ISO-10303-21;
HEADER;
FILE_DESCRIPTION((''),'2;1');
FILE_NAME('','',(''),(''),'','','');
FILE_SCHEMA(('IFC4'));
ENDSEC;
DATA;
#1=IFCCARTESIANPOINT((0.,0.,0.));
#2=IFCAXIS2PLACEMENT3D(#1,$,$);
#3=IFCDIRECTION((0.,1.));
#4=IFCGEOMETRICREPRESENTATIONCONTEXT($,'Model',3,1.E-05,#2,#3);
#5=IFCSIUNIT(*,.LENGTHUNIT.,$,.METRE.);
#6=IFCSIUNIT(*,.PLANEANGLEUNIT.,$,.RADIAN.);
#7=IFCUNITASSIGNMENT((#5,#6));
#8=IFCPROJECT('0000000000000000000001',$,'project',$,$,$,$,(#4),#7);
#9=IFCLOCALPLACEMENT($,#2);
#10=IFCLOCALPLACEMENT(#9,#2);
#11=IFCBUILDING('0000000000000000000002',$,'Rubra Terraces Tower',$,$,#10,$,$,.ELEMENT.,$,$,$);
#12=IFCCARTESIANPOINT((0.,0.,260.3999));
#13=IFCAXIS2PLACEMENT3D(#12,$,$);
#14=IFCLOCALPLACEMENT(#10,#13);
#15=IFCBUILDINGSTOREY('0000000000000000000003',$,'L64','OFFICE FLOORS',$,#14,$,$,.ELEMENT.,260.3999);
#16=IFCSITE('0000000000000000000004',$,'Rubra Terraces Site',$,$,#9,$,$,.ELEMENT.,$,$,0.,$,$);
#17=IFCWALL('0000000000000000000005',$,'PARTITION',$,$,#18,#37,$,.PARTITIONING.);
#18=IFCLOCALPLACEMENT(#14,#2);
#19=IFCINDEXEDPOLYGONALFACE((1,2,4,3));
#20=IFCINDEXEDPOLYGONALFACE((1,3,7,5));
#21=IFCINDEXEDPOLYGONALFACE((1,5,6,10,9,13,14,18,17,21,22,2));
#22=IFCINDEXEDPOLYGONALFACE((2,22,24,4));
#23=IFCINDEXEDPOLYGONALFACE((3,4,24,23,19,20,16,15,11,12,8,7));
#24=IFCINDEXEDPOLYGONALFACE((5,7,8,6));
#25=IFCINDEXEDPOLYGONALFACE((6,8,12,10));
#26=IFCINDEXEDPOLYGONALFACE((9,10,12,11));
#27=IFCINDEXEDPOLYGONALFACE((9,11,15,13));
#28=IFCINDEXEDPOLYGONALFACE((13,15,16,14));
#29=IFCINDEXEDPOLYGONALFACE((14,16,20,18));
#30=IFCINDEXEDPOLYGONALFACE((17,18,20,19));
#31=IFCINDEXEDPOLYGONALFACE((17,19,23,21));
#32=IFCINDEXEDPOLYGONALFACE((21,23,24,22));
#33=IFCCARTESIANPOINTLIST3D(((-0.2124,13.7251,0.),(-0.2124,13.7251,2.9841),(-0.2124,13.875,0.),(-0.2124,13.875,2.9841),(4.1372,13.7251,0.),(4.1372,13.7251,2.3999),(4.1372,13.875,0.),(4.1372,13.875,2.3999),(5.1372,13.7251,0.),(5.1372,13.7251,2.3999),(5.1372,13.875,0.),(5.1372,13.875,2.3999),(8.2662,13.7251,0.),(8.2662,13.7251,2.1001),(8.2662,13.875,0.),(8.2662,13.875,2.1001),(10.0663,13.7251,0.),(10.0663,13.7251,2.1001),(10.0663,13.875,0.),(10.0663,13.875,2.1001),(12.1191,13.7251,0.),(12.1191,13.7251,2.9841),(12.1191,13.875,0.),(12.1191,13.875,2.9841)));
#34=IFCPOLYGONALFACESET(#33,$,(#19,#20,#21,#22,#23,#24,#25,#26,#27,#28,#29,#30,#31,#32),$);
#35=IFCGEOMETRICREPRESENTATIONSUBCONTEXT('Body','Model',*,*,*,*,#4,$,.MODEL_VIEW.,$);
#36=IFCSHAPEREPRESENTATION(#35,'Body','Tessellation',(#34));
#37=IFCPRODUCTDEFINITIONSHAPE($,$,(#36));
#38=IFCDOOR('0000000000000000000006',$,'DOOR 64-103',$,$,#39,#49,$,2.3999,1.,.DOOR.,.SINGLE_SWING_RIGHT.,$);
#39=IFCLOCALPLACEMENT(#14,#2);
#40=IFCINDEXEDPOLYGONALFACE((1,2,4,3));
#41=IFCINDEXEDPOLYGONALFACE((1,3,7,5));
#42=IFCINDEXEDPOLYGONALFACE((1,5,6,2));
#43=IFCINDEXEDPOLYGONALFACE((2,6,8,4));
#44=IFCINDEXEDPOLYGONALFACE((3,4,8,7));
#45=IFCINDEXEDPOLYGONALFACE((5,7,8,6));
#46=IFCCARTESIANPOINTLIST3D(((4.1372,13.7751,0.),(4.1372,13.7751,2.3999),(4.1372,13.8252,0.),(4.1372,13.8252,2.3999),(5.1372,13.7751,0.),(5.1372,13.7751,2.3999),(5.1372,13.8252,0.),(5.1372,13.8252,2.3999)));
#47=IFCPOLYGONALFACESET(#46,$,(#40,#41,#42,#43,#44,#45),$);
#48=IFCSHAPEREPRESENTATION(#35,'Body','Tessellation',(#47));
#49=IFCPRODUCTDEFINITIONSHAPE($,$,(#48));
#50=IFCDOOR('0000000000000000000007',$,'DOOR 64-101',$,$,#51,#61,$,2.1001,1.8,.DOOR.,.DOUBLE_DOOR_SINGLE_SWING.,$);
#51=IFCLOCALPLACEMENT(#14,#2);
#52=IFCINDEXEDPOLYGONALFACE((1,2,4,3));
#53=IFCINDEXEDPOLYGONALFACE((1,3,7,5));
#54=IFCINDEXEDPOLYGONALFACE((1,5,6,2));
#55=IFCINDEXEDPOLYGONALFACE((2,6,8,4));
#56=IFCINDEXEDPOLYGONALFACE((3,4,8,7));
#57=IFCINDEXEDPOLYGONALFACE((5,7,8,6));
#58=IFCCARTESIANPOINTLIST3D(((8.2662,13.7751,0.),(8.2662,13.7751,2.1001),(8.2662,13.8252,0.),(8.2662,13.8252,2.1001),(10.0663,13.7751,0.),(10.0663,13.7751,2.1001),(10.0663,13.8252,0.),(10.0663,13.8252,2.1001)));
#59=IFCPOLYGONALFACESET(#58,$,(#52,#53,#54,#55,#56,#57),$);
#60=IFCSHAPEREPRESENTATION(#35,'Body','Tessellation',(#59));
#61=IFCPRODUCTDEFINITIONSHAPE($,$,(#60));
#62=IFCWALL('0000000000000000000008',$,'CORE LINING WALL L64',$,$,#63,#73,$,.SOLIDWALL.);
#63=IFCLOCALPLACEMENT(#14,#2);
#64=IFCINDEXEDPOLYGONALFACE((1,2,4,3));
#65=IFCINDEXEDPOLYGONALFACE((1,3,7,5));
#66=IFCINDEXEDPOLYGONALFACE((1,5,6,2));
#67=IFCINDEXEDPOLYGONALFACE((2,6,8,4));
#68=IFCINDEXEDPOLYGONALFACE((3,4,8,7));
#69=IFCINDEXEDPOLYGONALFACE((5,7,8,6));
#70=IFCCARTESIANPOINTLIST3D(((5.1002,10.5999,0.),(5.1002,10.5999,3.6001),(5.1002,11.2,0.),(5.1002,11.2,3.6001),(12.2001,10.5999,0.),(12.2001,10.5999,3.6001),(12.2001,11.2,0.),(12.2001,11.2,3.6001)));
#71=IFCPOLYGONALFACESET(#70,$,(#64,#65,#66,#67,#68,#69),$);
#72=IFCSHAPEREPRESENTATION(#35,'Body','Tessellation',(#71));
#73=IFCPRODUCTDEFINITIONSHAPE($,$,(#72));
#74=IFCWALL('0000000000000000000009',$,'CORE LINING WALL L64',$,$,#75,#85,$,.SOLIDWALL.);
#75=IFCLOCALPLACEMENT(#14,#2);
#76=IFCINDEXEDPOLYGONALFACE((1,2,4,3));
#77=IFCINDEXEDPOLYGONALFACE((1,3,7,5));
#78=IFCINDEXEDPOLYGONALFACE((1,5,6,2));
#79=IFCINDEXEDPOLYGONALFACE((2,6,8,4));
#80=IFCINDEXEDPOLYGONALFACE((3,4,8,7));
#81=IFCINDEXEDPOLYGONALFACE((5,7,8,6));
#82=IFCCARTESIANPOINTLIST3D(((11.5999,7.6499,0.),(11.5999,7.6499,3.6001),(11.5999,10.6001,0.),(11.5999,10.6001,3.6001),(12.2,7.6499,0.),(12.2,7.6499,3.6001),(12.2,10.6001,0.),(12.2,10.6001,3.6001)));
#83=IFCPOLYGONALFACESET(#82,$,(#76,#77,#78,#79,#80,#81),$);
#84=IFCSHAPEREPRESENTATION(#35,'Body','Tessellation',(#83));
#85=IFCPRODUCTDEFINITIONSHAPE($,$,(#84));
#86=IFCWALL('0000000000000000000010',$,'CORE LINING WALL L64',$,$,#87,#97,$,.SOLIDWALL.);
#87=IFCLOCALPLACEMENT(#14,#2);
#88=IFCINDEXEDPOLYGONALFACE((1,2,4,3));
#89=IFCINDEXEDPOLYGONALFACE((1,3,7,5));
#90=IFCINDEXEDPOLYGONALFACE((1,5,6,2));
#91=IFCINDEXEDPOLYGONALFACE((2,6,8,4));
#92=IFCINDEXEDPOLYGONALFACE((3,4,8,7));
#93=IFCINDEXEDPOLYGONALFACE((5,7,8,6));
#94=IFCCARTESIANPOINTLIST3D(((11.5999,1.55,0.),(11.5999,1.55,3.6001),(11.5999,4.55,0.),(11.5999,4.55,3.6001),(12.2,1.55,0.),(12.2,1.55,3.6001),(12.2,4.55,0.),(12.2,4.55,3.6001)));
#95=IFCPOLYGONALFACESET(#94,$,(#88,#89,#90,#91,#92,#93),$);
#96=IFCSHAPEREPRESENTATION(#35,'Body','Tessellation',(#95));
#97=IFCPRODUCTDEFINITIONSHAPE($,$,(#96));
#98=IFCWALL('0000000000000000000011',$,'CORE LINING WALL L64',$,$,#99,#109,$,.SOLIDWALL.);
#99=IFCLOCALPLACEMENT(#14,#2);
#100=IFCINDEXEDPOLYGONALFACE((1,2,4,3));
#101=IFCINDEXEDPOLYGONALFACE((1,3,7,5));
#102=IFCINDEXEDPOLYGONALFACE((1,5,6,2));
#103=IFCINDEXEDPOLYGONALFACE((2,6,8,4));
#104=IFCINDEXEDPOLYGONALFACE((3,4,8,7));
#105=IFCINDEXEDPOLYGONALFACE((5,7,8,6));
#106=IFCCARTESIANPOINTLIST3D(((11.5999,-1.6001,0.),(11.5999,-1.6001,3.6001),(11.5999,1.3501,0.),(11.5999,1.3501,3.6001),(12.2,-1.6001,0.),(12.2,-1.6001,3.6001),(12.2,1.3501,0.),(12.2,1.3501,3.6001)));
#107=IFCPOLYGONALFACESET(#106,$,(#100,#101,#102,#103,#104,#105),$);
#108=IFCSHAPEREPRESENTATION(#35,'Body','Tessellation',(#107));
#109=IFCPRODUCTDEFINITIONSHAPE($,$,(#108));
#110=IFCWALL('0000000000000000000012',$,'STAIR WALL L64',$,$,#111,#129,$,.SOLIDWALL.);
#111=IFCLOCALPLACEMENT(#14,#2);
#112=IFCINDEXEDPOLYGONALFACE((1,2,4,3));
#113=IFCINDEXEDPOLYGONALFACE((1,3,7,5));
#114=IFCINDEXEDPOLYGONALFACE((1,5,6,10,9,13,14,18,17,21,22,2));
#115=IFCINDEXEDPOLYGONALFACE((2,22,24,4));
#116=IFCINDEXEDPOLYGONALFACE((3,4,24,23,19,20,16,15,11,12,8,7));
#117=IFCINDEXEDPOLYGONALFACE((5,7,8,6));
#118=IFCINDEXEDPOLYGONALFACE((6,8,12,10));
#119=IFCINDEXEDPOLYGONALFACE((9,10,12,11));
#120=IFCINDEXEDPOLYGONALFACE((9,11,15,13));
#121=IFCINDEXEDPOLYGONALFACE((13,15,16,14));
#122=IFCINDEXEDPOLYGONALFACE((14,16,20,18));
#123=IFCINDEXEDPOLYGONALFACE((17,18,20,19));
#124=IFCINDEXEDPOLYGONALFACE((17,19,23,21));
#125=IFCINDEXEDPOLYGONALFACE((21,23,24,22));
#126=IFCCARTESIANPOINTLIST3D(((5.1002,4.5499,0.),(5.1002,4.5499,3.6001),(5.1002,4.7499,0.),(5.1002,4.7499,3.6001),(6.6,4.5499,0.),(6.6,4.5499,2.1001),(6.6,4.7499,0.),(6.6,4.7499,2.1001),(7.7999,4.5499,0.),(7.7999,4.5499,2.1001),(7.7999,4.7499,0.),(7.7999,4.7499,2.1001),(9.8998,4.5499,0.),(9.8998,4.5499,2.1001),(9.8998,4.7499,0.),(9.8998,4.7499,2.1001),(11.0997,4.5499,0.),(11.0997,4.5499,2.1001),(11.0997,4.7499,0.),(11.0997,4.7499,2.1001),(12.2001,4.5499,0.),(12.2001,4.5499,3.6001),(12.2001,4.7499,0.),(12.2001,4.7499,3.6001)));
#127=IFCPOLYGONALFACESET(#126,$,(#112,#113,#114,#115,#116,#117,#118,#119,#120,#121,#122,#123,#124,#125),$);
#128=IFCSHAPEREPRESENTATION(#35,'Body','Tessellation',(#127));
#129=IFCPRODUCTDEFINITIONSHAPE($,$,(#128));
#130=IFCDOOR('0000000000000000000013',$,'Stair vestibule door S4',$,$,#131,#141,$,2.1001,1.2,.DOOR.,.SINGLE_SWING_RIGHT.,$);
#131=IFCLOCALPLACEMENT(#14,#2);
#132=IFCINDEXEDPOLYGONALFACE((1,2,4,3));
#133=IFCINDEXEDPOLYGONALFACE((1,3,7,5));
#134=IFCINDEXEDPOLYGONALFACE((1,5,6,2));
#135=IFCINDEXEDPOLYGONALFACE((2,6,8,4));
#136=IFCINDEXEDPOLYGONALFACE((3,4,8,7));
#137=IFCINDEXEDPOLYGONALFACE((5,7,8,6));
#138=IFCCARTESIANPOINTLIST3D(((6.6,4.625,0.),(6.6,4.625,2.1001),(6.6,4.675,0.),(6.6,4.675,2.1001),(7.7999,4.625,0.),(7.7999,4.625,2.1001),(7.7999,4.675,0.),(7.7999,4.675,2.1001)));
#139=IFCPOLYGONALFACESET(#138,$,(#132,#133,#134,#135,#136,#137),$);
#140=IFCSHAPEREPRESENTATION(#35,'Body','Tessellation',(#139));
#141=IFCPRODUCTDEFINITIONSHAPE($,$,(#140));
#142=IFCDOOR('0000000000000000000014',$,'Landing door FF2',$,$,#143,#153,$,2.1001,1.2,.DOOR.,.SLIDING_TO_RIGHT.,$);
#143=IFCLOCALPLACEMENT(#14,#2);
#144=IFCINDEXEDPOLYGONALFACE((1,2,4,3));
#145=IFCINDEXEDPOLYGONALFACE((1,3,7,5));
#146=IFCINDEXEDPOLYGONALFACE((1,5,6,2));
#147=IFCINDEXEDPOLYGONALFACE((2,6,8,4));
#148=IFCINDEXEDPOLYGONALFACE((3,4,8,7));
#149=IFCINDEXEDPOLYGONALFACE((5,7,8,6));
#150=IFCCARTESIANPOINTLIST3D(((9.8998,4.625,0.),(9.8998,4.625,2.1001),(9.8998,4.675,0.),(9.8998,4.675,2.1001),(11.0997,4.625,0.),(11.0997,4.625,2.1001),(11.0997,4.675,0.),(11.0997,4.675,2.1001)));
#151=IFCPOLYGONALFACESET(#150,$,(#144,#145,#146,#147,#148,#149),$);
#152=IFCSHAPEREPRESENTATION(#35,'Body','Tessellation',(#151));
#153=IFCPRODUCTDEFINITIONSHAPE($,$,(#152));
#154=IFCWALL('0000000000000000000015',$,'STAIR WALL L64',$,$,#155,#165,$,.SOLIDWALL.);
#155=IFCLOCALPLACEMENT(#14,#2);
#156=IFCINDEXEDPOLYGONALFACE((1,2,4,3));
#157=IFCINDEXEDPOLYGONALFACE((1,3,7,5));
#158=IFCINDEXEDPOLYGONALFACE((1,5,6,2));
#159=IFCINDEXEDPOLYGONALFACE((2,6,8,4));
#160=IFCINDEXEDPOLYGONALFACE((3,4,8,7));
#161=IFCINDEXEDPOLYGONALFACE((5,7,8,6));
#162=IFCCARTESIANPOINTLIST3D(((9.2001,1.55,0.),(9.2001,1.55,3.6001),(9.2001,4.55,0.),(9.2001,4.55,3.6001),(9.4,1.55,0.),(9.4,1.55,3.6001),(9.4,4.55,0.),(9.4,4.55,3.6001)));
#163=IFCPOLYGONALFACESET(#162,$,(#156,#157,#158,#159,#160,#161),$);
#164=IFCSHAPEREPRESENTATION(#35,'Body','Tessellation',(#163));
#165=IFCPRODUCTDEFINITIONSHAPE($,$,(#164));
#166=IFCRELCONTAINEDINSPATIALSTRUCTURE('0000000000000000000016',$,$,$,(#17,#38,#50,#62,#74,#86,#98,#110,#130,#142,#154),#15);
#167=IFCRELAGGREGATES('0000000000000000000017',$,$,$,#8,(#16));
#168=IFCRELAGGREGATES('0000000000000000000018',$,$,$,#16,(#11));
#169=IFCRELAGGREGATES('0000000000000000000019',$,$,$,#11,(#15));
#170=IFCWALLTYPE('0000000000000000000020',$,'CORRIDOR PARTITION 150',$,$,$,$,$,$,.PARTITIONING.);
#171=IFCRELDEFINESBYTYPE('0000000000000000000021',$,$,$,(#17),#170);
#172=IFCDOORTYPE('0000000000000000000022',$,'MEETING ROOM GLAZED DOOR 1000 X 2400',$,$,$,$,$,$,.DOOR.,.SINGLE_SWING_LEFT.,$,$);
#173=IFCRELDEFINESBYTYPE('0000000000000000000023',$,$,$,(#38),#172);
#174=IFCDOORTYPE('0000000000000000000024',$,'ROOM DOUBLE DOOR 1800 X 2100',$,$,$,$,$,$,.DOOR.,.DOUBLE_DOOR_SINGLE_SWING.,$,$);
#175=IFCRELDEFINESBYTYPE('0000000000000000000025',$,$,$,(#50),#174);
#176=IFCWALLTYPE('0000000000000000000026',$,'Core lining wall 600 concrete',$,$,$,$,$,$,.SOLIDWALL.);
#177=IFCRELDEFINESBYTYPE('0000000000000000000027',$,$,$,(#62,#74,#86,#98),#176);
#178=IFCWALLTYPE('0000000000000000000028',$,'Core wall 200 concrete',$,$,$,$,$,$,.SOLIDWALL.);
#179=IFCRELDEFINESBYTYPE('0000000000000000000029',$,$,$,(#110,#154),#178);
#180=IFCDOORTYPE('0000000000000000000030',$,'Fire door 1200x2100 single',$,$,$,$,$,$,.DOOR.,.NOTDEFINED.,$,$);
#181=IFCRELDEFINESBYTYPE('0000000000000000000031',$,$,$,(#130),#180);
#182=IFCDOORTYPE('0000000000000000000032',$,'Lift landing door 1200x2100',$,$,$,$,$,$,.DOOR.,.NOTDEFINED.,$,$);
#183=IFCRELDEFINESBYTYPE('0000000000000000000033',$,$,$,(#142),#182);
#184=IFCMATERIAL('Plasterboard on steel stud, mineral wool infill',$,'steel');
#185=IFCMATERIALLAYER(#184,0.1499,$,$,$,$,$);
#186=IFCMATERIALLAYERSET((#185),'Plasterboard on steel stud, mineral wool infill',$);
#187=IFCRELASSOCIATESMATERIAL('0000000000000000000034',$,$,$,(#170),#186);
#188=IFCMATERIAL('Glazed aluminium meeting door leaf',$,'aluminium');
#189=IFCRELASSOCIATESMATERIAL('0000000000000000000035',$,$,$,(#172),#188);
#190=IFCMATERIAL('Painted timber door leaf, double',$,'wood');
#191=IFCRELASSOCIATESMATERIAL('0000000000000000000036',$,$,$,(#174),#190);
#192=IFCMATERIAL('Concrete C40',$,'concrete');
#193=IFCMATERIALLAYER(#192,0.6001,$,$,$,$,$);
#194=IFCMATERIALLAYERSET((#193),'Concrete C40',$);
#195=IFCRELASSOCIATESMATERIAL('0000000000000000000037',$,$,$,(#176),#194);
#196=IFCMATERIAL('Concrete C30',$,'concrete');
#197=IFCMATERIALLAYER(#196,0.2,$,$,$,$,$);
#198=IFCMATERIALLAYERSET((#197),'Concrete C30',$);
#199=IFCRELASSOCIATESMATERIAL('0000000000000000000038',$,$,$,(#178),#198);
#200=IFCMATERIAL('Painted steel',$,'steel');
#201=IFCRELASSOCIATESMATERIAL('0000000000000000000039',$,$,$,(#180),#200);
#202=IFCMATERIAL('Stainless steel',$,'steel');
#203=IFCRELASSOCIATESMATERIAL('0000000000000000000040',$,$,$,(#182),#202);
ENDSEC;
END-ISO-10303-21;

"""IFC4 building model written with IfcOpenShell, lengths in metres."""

from ifc_helpers import new_model, si_unit, direction, frame, frame_2d, origin, place, context, subcontext, project, spatial, rectangle, extrude, material, layer, layer_set, type_object, element, fill, save


model = new_model("IFC4")

# Units and contexts
model_context = context("Model", 3, precision=1e-05, world=origin(), true_north=direction((0.0, 1.0)))
body_context = subcontext(model_context, "Body", "Model", "MODEL_VIEW")
ifc_project = project(units=[si_unit("LENGTHUNIT", "METRE"), si_unit("PLANEANGLEUNIT", "RADIAN")], contexts=[model_context])

# Site, building, storey
site_placement = place(None, origin())
site = spatial("IfcSite", under=ifc_project, at=site_placement, Name="Rubra Terraces Site", CompositionType="ELEMENT", RefElevation=0.0)
building_placement = place(site_placement, origin())
building = spatial("IfcBuilding", under=site, at=building_placement, Name="Rubra Terraces Tower", CompositionType="ELEMENT")
storey_placement = place(building_placement, frame((0.0, 0.0, 260.3999)))
storey = spatial("IfcBuildingStorey", under=building, at=storey_placement, Name="L64", Description="OFFICE FLOORS", CompositionType="ELEMENT", Elevation=260.3999)

# Wall, openings, doors
ifc_material_1 = material(Name="Plasterboard on steel stud, mineral wool infill", Category="steel")
ifc_layer_1 = layer(ifc_material_1, 0.1499)
ifc_layer_set_1 = layer_set([ifc_layer_1], Name="Plasterboard on steel stud, mineral wool infill")
wall_type_1 = type_object("IfcWallType", Name="CORRIDOR PARTITION 150", PredefinedType="PARTITIONING", material=ifc_layer_set_1)
wall_1_placement = place(storey_placement, frame((12.1191, 13.8, 0.0), z_axis=(0.0, 0.0, 1.0), x_axis=(-1.0, 0.0, 0.0)))
wall_1 = element("IfcWall", 1, at=wall_1_placement, inside=storey, type_object=wall_type_1, Name="PARTITION", PredefinedType="PARTITIONING", context=body_context, shape_type="SweptSolid", body=[
    extrude(rectangle(XDim=12.3315, YDim=0.1499, at=frame_2d((6.1658, 0.0))), origin(), (0.0, 0.0, 1.0), 2.9841),
])
opening_1_placement = place(wall_1_placement, frame((2.053, 0.0, 0.0)))
opening_1 = element("IfcOpeningElement", 2, at=opening_1_placement, cuts=wall_1, PredefinedType="OPENING", context=body_context, shape_type="SweptSolid", body=[
    extrude(rectangle(XDim=1.8, YDim=2.1001, at=frame_2d((0.8999, 1.05))), frame((0.0, 0.085, 0.0), z_axis=(0.0, -1.0, 0.0), x_axis=(1.0, 0.0, 0.0)), (0.0, 0.0, 1.0), 0.1699),
])
opening_2_placement = place(wall_1_placement, frame((6.9819, 0.0, 0.0)))
opening_2 = element("IfcOpeningElement", 3, at=opening_2_placement, cuts=wall_1, PredefinedType="OPENING", context=body_context, shape_type="SweptSolid", body=[
    extrude(rectangle(XDim=1.0, YDim=2.3999, at=frame_2d((0.5, 1.2))), frame((0.0, 0.085, 0.0), z_axis=(0.0, -1.0, 0.0), x_axis=(1.0, 0.0, 0.0)), (0.0, 0.0, 1.0), 0.1699),
])
ifc_material_2 = material(Name="Glazed aluminium meeting door leaf", Category="aluminium")
door_type_1 = type_object("IfcDoorType", Name="MEETING ROOM GLAZED DOOR 1000 X 2400", OperationType="SINGLE_SWING_LEFT", PredefinedType="DOOR", material=ifc_material_2)
door_1_placement = place(opening_2_placement, origin())
door_1 = element("IfcDoor", 4, at=door_1_placement, inside=storey, type_object=door_type_1, Name="DOOR 64-103", OperationType="SINGLE_SWING_RIGHT", OverallHeight=2.3999, OverallWidth=1.0, PredefinedType="DOOR", context=body_context, shape_type="SweptSolid", body=[
    extrude(rectangle(XDim=1.0, YDim=2.3999, at=frame_2d((0.5, 1.2))), frame((0.0, 0.0249, 0.0), z_axis=(0.0, -1.0, 0.0), x_axis=(1.0, 0.0, 0.0)), (0.0, 0.0, 1.0), 0.05),
])
fill(opening_2, door_1)
ifc_material_3 = material(Name="Painted timber door leaf, double", Category="wood")
door_type_2 = type_object("IfcDoorType", Name="ROOM DOUBLE DOOR 1800 X 2100", OperationType="DOUBLE_DOOR_SINGLE_SWING", PredefinedType="DOOR", material=ifc_material_3)
door_2_placement = place(opening_1_placement, origin())
door_2 = element("IfcDoor", 5, at=door_2_placement, inside=storey, type_object=door_type_2, Name="DOOR 64-101", OperationType="DOUBLE_DOOR_SINGLE_SWING", OverallHeight=2.1001, OverallWidth=1.8, PredefinedType="DOOR", context=body_context, shape_type="SweptSolid", body=[
    extrude(rectangle(XDim=1.8, YDim=2.1001, at=frame_2d((0.8999, 1.05))), frame((0.0, 0.0249, 0.0), z_axis=(0.0, -1.0, 0.0), x_axis=(1.0, 0.0, 0.0)), (0.0, 0.0, 1.0), 0.05),
])
fill(opening_1, door_2)

# Walls
ifc_material_4 = material(Name="Concrete C40", Category="concrete")
ifc_layer_2 = layer(ifc_material_4, 0.6001)
ifc_layer_set_2 = layer_set([ifc_layer_2], Name="Concrete C40")
wall_type_2 = type_object("IfcWallType", Name="Core lining wall 600 concrete", PredefinedType="SOLIDWALL", material=ifc_layer_set_2)
wall_2_placement = place(storey_placement, frame((12.2, 10.8999, 0.0), z_axis=(0.0, 0.0, 1.0), x_axis=(-1.0, 0.0, 0.0)))
element("IfcWall", 6, at=wall_2_placement, inside=storey, type_object=wall_type_2, Name="CORE LINING WALL L64", PredefinedType="SOLIDWALL", context=body_context, shape_type="SweptSolid", body=[
    extrude(rectangle(XDim=7.0999, YDim=0.6001, at=frame_2d((3.5498, 0.0))), origin(), (0.0, 0.0, 1.0), 3.6001),
])
wall_3_placement = place(storey_placement, frame((11.8999, 10.6001, 0.0), z_axis=(0.0, 0.0, 1.0), x_axis=(0.0, -1.0, 0.0)))
element("IfcWall", 7, at=wall_3_placement, inside=storey, type_object=wall_type_2, Name="CORE LINING WALL L64", PredefinedType="SOLIDWALL", context=body_context, shape_type="SweptSolid", body=[
    extrude(rectangle(XDim=2.9502, YDim=0.6001, at=frame_2d((1.4751, 0.0))), origin(), (0.0, 0.0, 1.0), 3.6001),
])
wall_4_placement = place(storey_placement, frame((11.8999, 4.55, 0.0), z_axis=(0.0, 0.0, 1.0), x_axis=(0.0, -1.0, 0.0)))
element("IfcWall", 8, at=wall_4_placement, inside=storey, type_object=wall_type_2, Name="CORE LINING WALL L64", PredefinedType="SOLIDWALL", context=body_context, shape_type="SweptSolid", body=[
    extrude(rectangle(XDim=3.0, YDim=0.6001, at=frame_2d((1.5, 0.0))), origin(), (0.0, 0.0, 1.0), 3.6001),
])
wall_5_placement = place(storey_placement, frame((11.8999, 1.3501, 0.0), z_axis=(0.0, 0.0, 1.0), x_axis=(0.0, -1.0, 0.0)))
element("IfcWall", 9, at=wall_5_placement, inside=storey, type_object=wall_type_2, Name="CORE LINING WALL L64", PredefinedType="SOLIDWALL", context=body_context, shape_type="SweptSolid", body=[
    extrude(rectangle(XDim=2.9502, YDim=0.6001, at=frame_2d((1.4751, 0.0))), origin(), (0.0, 0.0, 1.0), 3.6001),
])

# Wall, openings, doors
ifc_material_5 = material(Name="Concrete C30", Category="concrete")
ifc_layer_3 = layer(ifc_material_5, 0.2)
ifc_layer_set_3 = layer_set([ifc_layer_3], Name="Concrete C30")
wall_type_3 = type_object("IfcWallType", Name="Core wall 200 concrete", PredefinedType="SOLIDWALL", material=ifc_layer_set_3)
wall_6_placement = place(storey_placement, frame((12.2, 4.6499, 0.0), z_axis=(0.0, 0.0, 1.0), x_axis=(-1.0, 0.0, 0.0)))
wall_6 = element("IfcWall", 10, at=wall_6_placement, inside=storey, type_object=wall_type_3, Name="STAIR WALL L64", PredefinedType="SOLIDWALL", context=body_context, shape_type="SweptSolid", body=[
    extrude(rectangle(XDim=7.0999, YDim=0.2, at=frame_2d((3.5498, 0.0))), origin(), (0.0, 0.0, 1.0), 3.6001),
])
opening_3_placement = place(wall_6_placement, frame((4.3999, 0.0, 0.0)))
opening_3 = element("IfcOpeningElement", 11, at=opening_3_placement, cuts=wall_6, PredefinedType="OPENING", context=body_context, shape_type="SweptSolid", body=[
    extrude(rectangle(XDim=1.2, YDim=2.1001, at=frame_2d((0.6001, 1.05))), frame((0.0, 0.1099, 0.0), z_axis=(0.0, -1.0, 0.0), x_axis=(1.0, 0.0, 0.0)), (0.0, 0.0, 1.0), 0.22),
])
opening_4_placement = place(wall_6_placement, frame((1.1001, 0.0, 0.0)))
opening_4 = element("IfcOpeningElement", 12, at=opening_4_placement, cuts=wall_6, PredefinedType="OPENING", context=body_context, shape_type="SweptSolid", body=[
    extrude(rectangle(XDim=1.2, YDim=2.1001, at=frame_2d((0.6001, 1.05))), frame((0.0, 0.1099, 0.0), z_axis=(0.0, -1.0, 0.0), x_axis=(1.0, 0.0, 0.0)), (0.0, 0.0, 1.0), 0.22),
])
ifc_material_6 = material(Name="Painted steel", Category="steel")
door_type_3 = type_object("IfcDoorType", Name="Fire door 1200x2100 single", OperationType="NOTDEFINED", PredefinedType="DOOR", material=ifc_material_6)
door_3_placement = place(opening_3_placement, origin())
door_3 = element("IfcDoor", 13, at=door_3_placement, inside=storey, type_object=door_type_3, Name="Stair vestibule door S4", OperationType="SINGLE_SWING_RIGHT", OverallHeight=2.1001, OverallWidth=1.2, PredefinedType="DOOR", context=body_context, shape_type="SweptSolid", body=[
    extrude(rectangle(XDim=1.2, YDim=2.1001, at=frame_2d((0.6001, 1.05))), frame((0.0, 0.0249, 0.0), z_axis=(0.0, -1.0, 0.0), x_axis=(1.0, 0.0, 0.0)), (0.0, 0.0, 1.0), 0.05),
])
fill(opening_3, door_3)
ifc_material_7 = material(Name="Stainless steel", Category="steel")
door_type_4 = type_object("IfcDoorType", Name="Lift landing door 1200x2100", OperationType="NOTDEFINED", PredefinedType="DOOR", material=ifc_material_7)
door_4_placement = place(opening_4_placement, origin())
door_4 = element("IfcDoor", 14, at=door_4_placement, inside=storey, type_object=door_type_4, Name="Landing door FF2", OperationType="SLIDING_TO_RIGHT", OverallHeight=2.1001, OverallWidth=1.2, PredefinedType="DOOR", context=body_context, shape_type="SweptSolid", body=[
    extrude(rectangle(XDim=1.2, YDim=2.1001, at=frame_2d((0.6001, 1.05))), frame((0.0, 0.0249, 0.0), z_axis=(0.0, -1.0, 0.0), x_axis=(1.0, 0.0, 0.0)), (0.0, 0.0, 1.0), 0.05),
])
fill(opening_4, door_4)

# Wall
wall_7_placement = place(storey_placement, frame((9.3, 4.55, 0.0), z_axis=(0.0, 0.0, 1.0), x_axis=(0.0, -1.0, 0.0)))
element("IfcWall", 15, at=wall_7_placement, inside=storey, type_object=wall_type_3, Name="STAIR WALL L64", PredefinedType="SOLIDWALL", context=body_context, shape_type="SweptSolid", body=[
    extrude(rectangle(XDim=3.0, YDim=0.2, at=frame_2d((1.5, 0.0))), origin(), (0.0, 0.0, 1.0), 3.6001),
])

save(model, "model.ifc")
